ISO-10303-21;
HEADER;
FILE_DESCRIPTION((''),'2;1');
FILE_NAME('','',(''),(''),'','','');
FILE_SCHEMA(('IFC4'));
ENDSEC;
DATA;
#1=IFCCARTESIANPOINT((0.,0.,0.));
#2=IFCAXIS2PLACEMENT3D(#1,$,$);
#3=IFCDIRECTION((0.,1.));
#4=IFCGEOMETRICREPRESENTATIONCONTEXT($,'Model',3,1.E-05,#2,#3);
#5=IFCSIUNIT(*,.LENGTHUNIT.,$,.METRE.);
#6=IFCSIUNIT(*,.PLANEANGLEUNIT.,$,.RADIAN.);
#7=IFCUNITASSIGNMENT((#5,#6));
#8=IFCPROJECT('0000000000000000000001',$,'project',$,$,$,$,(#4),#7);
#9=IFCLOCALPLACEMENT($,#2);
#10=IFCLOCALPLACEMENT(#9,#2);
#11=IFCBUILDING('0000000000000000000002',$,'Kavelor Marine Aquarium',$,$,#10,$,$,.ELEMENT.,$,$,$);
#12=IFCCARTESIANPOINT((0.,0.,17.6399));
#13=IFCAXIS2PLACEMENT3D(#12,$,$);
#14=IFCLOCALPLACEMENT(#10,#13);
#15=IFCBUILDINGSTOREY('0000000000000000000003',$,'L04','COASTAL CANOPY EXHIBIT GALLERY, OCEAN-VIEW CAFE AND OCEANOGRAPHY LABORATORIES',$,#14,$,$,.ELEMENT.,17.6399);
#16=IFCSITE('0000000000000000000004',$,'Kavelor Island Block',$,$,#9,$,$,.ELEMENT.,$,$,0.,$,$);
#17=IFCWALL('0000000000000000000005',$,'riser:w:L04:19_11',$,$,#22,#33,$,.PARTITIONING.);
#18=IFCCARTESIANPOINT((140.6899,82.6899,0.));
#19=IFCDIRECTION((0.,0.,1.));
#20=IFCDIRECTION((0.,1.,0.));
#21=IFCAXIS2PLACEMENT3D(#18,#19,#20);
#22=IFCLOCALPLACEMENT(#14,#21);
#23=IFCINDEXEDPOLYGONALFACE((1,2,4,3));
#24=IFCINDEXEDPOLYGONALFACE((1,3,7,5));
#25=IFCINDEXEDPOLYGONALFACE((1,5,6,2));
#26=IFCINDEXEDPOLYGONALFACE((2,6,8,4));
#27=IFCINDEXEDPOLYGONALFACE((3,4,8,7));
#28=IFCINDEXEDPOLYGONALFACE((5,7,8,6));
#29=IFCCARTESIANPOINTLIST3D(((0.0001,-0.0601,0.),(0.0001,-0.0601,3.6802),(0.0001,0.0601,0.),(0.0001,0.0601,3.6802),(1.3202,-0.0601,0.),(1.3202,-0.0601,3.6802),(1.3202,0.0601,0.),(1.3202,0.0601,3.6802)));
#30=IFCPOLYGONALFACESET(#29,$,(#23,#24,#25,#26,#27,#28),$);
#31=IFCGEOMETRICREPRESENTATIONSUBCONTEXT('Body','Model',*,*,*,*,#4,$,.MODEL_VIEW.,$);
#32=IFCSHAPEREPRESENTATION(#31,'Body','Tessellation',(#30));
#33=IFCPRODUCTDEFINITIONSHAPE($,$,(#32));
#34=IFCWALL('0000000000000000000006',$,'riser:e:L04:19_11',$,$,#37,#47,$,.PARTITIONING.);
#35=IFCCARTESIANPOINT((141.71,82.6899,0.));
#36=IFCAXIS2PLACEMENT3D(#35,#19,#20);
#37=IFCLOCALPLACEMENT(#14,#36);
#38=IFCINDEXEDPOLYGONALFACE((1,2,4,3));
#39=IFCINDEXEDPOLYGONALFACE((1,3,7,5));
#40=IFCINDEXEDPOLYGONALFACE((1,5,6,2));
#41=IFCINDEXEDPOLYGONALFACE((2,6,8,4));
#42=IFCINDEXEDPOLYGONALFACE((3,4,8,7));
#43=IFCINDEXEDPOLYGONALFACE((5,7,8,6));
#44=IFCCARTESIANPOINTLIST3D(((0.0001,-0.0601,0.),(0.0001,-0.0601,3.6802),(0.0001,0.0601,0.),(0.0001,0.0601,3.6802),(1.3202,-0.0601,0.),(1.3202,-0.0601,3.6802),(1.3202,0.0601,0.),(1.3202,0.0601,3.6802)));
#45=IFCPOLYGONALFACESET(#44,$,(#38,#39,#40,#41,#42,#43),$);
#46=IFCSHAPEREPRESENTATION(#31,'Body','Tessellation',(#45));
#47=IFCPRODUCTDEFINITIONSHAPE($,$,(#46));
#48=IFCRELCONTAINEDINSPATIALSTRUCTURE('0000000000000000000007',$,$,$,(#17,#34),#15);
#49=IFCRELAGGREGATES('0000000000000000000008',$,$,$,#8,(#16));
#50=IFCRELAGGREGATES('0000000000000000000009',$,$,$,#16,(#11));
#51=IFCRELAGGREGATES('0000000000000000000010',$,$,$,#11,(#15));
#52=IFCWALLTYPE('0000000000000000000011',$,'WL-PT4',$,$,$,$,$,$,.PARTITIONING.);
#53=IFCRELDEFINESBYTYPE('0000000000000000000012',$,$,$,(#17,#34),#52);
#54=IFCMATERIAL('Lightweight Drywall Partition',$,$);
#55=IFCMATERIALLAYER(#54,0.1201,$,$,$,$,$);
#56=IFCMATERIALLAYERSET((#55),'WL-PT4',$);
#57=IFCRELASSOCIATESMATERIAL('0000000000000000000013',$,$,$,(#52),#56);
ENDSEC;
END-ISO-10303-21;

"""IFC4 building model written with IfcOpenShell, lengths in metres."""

from ifc_helpers import new_model, si_unit, direction, frame, frame_2d, origin, place, context, subcontext, project, spatial, rectangle, extrude, material, layer, layer_set, type_object, element, save


model = new_model("IFC4")

# Units and contexts
model_context = context("Model", 3, precision=1e-05, world=origin(), true_north=direction((0.0, 1.0)))
body_context = subcontext(model_context, "Body", "Model", "MODEL_VIEW")
ifc_project = project(units=[si_unit("LENGTHUNIT", "METRE"), si_unit("PLANEANGLEUNIT", "RADIAN")], contexts=[model_context])

# Site, building, storey
site_placement = place(None, origin())
site = spatial("IfcSite", under=ifc_project, at=site_placement, Name="Kavelor Island Block", CompositionType="ELEMENT", RefElevation=0.0)
building_placement = place(site_placement, origin())
building = spatial("IfcBuilding", under=site, at=building_placement, Name="Kavelor Marine Aquarium", CompositionType="ELEMENT")
storey_placement = place(building_placement, frame((0.0, 0.0, 17.6399)))
storey = spatial("IfcBuildingStorey", under=building, at=storey_placement, Name="L04", Description="COASTAL CANOPY EXHIBIT GALLERY, OCEAN-VIEW CAFE AND OCEANOGRAPHY LABORATORIES", CompositionType="ELEMENT", Elevation=17.6399)

# Walls
ifc_material_1 = material(Name="Lightweight Drywall Partition")
ifc_layer_1 = layer(ifc_material_1, 0.1201)
ifc_layer_set_1 = layer_set([ifc_layer_1], Name="WL-PT4")
wall_type_1 = type_object("IfcWallType", Name="WL-PT4", PredefinedType="PARTITIONING", material=ifc_layer_set_1)
for number, where, z_axis, x_axis, name in (
    (1, (140.6899, 82.6899, 0.0), (0.0, 0.0, 1.0), (0.0, 1.0, 0.0), "riser:w:L04:19_11"),
    (2, (141.71, 82.6899, 0.0), (0.0, 0.0, 1.0), (0.0, 1.0, 0.0), "riser:e:L04:19_11"),
):
    element("IfcWall", number, at=place(storey_placement, frame(where, z_axis=z_axis, x_axis=x_axis)), inside=storey, type_object=wall_type_1, Name=name, PredefinedType="PARTITIONING", context=body_context, shape_type="SweptSolid", body=[
        extrude(rectangle(XDim=1.3201, YDim=0.1201, at=frame_2d((0.6602, 0.0))), origin(), (0.0, 0.0, 1.0), 3.6802),
    ])

save(model, "model.ifc")
